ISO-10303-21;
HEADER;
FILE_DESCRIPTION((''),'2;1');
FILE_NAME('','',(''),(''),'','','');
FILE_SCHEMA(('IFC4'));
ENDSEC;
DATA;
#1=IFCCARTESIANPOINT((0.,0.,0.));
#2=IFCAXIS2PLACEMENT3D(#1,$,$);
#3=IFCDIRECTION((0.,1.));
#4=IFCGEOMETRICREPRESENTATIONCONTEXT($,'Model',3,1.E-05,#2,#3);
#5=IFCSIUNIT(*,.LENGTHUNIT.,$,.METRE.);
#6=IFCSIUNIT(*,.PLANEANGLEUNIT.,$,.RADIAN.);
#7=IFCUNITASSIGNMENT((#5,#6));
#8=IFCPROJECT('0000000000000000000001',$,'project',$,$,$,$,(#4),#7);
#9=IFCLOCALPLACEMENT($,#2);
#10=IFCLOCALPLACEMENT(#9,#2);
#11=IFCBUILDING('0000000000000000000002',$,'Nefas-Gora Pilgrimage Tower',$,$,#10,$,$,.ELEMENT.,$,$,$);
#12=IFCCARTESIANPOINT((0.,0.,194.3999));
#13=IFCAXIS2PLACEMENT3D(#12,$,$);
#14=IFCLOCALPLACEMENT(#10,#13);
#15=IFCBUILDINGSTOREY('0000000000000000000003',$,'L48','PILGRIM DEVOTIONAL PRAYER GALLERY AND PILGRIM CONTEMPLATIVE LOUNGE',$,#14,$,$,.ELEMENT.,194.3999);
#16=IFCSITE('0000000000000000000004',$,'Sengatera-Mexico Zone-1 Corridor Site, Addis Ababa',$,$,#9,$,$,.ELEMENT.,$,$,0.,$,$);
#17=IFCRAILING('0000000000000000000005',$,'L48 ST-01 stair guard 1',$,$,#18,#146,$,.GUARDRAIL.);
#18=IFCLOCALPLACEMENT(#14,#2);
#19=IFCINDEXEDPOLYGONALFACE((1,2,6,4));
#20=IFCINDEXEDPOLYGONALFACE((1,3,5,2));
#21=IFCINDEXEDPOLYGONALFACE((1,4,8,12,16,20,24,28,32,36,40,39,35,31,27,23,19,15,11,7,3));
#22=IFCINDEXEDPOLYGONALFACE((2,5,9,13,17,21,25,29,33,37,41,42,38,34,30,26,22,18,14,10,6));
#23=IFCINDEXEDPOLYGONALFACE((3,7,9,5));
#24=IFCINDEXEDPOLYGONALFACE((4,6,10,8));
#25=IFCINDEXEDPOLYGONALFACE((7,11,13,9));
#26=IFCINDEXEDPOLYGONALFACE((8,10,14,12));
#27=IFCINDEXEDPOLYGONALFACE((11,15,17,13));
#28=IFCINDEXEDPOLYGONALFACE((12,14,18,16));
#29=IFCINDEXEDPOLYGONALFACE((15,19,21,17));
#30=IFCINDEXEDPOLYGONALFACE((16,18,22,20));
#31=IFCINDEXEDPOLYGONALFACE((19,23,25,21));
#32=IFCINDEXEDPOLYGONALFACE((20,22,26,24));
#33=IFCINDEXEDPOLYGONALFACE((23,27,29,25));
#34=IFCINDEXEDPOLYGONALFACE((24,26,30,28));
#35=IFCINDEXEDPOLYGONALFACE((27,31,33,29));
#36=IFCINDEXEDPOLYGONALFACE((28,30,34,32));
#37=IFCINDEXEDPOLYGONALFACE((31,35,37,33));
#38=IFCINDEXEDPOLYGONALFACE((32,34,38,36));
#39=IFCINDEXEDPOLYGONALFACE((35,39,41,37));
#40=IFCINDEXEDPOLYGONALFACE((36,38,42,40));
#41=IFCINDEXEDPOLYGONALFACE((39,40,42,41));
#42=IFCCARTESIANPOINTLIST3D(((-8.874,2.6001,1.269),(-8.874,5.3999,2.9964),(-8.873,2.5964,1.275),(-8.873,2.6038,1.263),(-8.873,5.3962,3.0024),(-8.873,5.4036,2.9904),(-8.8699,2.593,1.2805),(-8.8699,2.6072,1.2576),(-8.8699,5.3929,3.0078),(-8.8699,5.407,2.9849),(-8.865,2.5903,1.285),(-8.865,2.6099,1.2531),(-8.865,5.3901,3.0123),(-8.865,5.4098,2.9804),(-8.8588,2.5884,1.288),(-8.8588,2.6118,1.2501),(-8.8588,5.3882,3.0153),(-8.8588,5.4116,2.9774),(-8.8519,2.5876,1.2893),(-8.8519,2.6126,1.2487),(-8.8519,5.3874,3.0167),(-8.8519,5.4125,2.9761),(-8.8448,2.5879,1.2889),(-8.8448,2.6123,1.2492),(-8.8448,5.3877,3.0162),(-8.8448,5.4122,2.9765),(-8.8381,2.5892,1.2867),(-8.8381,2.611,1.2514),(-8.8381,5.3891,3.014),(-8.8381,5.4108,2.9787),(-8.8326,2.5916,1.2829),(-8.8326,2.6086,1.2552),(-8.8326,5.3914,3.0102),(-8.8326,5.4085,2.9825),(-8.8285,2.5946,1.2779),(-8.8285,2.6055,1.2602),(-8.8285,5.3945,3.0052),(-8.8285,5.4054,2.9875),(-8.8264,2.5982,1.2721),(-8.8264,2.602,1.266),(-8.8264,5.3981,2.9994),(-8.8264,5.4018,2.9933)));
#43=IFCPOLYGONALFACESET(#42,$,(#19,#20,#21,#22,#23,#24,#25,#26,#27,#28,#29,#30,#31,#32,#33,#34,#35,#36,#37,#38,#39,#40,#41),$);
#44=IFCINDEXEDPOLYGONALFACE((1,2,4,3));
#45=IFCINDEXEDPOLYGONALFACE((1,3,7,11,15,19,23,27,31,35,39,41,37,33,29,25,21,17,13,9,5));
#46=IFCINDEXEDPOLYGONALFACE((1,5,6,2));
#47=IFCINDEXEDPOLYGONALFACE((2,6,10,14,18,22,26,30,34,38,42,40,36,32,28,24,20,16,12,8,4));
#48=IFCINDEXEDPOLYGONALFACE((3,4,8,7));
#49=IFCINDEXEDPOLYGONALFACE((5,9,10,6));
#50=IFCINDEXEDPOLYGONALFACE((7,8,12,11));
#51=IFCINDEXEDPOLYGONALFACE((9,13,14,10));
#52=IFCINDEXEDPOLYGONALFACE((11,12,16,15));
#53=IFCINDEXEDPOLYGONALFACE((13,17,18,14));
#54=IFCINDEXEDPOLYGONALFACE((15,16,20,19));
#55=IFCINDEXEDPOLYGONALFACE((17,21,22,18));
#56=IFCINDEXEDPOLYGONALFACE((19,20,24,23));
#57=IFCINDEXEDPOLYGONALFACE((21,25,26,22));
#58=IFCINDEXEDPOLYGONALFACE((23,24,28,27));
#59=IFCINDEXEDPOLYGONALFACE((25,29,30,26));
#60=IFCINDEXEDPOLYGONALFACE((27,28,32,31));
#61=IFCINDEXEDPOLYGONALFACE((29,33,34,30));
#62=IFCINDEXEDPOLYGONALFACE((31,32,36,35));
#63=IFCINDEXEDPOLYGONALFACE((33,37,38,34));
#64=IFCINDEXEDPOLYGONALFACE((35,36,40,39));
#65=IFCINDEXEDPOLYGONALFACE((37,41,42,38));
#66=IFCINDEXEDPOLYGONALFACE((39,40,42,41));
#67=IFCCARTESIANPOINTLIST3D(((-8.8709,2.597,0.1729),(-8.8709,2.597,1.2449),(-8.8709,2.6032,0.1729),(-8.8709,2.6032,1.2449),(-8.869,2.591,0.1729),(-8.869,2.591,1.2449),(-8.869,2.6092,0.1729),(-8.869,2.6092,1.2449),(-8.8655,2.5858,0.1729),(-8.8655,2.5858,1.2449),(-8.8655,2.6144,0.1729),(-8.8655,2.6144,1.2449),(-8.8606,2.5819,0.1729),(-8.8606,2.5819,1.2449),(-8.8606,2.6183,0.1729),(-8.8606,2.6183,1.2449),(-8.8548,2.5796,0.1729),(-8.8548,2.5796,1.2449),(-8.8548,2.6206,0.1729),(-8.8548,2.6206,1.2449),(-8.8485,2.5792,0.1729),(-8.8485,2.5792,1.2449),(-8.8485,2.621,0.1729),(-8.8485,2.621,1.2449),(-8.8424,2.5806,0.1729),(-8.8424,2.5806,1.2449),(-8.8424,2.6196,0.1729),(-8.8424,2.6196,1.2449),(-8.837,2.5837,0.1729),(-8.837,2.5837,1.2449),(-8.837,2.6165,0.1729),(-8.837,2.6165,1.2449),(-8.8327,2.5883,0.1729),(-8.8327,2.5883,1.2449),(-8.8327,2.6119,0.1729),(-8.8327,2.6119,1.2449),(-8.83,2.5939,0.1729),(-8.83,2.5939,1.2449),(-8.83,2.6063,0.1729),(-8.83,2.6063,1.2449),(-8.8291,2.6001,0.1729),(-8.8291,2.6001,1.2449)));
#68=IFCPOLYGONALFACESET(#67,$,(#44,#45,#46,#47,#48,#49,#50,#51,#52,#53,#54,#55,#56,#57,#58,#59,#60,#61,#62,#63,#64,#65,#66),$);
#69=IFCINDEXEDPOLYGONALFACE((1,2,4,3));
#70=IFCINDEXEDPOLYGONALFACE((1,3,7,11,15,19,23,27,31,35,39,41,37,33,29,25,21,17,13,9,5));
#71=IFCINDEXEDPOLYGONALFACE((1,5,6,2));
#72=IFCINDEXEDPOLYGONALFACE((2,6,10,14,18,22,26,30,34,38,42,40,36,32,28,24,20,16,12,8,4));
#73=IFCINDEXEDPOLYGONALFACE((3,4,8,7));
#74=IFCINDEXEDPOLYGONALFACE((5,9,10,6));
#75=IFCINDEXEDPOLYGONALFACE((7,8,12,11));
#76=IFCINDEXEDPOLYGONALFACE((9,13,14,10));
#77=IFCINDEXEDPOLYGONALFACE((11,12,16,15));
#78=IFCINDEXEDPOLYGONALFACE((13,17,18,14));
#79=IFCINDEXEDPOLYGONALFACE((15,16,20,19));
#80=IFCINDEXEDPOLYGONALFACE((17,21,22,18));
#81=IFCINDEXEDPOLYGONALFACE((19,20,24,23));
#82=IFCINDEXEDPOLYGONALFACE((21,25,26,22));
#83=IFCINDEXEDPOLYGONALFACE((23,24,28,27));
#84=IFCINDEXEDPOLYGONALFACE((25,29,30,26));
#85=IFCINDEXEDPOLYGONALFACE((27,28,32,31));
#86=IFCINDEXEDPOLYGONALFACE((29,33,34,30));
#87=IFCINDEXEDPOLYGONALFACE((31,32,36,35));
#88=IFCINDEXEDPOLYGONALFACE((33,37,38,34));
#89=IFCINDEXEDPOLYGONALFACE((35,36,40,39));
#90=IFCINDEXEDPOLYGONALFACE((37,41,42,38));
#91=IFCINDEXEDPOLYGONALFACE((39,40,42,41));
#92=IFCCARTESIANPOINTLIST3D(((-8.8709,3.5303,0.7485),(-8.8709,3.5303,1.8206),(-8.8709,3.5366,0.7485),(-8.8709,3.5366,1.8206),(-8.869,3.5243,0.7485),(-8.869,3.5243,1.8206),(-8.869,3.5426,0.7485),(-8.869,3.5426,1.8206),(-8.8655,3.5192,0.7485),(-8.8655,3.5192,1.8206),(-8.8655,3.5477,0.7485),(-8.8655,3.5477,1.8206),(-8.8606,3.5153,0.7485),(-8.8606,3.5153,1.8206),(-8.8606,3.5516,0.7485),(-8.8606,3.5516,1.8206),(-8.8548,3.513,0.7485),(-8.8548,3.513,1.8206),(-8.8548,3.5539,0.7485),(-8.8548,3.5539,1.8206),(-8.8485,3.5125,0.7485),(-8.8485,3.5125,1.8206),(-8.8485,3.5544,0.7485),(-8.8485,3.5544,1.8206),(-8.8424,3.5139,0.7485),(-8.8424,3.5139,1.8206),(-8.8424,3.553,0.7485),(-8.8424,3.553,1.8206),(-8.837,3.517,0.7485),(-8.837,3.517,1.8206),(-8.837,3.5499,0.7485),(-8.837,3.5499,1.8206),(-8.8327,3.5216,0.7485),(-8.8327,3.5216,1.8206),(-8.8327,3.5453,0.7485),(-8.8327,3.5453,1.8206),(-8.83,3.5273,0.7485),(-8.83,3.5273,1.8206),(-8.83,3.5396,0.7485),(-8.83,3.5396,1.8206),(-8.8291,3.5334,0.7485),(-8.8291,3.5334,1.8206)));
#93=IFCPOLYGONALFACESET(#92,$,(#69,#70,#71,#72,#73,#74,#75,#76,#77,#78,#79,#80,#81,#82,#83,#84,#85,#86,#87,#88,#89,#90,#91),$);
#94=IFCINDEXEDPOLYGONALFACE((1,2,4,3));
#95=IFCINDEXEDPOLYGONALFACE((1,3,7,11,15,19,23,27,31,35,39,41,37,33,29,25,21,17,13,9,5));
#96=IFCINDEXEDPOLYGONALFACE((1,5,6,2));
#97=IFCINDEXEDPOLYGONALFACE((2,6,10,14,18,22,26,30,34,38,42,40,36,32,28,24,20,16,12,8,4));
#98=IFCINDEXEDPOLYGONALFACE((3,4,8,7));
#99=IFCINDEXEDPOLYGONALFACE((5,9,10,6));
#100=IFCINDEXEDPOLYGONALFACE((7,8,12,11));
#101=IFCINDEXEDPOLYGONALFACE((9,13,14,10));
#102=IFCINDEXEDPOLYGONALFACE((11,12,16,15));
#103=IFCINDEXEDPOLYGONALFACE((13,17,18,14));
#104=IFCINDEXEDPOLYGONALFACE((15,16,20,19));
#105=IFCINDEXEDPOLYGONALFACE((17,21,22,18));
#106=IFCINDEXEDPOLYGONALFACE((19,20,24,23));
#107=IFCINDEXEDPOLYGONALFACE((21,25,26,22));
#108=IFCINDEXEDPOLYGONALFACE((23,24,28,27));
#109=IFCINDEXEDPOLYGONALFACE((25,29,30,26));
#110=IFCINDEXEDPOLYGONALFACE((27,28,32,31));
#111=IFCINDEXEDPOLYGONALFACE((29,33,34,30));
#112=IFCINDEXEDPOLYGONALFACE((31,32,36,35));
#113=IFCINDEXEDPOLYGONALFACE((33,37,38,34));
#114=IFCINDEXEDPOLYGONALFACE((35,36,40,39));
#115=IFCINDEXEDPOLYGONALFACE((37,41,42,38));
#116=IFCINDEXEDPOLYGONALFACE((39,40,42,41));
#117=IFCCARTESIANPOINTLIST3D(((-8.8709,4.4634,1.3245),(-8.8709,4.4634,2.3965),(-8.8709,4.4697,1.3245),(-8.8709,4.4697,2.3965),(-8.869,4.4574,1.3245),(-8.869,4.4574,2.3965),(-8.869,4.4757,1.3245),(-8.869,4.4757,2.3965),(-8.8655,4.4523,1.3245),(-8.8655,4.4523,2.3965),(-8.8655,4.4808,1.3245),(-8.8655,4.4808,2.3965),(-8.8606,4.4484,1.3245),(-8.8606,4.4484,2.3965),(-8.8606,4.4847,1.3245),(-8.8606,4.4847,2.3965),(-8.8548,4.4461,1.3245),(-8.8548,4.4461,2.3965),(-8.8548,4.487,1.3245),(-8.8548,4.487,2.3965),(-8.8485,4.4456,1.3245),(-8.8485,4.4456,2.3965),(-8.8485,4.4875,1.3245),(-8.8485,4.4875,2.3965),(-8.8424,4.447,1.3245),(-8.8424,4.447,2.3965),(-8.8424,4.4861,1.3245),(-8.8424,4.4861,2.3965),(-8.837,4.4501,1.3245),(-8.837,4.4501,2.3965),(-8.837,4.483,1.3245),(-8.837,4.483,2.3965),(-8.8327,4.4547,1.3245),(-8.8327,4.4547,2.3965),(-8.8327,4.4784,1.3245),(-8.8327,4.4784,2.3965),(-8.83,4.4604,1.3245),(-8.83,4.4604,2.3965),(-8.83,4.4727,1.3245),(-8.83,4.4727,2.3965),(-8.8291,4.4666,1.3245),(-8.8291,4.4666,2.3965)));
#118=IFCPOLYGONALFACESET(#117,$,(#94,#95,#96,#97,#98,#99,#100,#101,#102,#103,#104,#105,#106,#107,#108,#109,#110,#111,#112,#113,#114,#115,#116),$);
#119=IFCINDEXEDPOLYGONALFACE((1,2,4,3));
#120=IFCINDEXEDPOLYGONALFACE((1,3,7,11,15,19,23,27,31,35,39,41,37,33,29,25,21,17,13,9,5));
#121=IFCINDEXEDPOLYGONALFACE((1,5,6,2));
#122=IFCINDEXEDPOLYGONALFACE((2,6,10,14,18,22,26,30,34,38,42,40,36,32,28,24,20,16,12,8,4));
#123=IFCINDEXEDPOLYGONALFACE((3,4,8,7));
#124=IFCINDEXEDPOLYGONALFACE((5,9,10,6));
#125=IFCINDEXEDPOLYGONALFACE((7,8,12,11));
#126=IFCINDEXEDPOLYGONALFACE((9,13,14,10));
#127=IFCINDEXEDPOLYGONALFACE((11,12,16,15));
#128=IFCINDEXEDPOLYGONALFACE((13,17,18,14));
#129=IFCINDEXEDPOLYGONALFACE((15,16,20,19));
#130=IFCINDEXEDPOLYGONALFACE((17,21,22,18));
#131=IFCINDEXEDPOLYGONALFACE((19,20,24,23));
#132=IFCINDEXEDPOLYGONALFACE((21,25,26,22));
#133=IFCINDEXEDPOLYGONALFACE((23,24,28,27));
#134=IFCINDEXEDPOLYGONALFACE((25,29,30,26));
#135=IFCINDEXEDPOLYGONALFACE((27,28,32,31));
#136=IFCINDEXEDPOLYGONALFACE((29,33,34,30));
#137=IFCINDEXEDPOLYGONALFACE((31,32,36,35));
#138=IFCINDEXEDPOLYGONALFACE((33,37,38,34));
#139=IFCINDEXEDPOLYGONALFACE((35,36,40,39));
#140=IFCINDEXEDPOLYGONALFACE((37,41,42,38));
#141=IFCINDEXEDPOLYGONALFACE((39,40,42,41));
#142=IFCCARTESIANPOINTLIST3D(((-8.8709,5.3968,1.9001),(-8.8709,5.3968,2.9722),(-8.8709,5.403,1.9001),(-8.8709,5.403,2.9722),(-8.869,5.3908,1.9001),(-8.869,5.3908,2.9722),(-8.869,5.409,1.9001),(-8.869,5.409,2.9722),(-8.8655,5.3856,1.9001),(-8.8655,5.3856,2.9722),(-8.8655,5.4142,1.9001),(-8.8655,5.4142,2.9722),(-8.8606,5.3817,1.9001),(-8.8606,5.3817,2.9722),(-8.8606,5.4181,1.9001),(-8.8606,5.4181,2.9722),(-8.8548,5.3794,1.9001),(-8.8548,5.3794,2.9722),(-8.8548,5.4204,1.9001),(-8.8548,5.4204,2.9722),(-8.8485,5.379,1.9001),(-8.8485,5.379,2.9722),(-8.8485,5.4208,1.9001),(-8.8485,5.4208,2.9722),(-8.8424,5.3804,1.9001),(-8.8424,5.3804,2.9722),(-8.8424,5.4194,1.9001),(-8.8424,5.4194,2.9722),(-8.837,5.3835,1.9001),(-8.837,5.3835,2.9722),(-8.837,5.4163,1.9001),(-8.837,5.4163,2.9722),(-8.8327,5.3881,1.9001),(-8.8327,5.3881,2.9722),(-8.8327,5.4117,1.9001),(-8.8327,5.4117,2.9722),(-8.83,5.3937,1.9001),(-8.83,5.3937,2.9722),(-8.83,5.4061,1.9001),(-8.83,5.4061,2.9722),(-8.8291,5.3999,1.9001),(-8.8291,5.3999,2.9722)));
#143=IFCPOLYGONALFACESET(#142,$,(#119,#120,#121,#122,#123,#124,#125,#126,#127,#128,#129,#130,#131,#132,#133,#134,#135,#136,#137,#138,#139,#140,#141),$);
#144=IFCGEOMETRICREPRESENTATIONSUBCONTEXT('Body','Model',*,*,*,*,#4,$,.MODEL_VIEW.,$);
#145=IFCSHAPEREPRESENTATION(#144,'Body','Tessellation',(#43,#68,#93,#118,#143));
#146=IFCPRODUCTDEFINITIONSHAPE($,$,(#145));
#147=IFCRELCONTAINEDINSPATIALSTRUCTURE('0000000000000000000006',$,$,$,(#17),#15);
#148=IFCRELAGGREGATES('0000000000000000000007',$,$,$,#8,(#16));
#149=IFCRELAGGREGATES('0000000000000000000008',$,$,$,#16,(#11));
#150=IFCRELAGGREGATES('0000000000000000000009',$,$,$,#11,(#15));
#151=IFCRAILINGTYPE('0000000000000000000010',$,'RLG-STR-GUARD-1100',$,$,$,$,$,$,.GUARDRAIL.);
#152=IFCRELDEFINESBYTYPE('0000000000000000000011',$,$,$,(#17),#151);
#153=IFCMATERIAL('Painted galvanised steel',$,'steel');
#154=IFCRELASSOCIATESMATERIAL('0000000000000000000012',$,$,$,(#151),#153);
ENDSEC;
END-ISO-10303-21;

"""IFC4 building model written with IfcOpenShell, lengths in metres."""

from ifc_helpers import new_model, si_unit, direction, frame, origin, origin_2d, place, context, subcontext, project, spatial, circle, extrude, material, type_object, element, save


model = new_model("IFC4")

# Units and contexts
model_context = context("Model", 3, precision=1e-05, world=origin(), true_north=direction((0.0, 1.0)))
body_context = subcontext(model_context, "Body", "Model", "MODEL_VIEW")
ifc_project = project(units=[si_unit("LENGTHUNIT", "METRE"), si_unit("PLANEANGLEUNIT", "RADIAN")], contexts=[model_context])

# Site, building, storey
site_placement = place(None, origin())
site = spatial("IfcSite", under=ifc_project, at=site_placement, Name="Sengatera-Mexico Zone-1 Corridor Site, Addis Ababa", CompositionType="ELEMENT", RefElevation=0.0)
building_placement = place(site_placement, origin())
building = spatial("IfcBuilding", under=site, at=building_placement, Name="Nefas-Gora Pilgrimage Tower", CompositionType="ELEMENT")
storey_placement = place(building_placement, frame((0.0, 0.0, 194.3999)))
storey = spatial("IfcBuildingStorey", under=building, at=storey_placement, Name="L48", Description="PILGRIM DEVOTIONAL PRAYER GALLERY AND PILGRIM CONTEMPLATIVE LOUNGE", CompositionType="ELEMENT", Elevation=194.3999)

# Railing
ifc_material_1 = material(Name="Painted galvanised steel", Category="steel")
railing_type_1 = type_object("IfcRailingType", Name="RLG-STR-GUARD-1100", PredefinedType="GUARDRAIL", material=ifc_material_1)
railing_1_placement = place(storey_placement, frame((-8.8501, 2.6001, 0.1729)))
element("IfcRailing", 1, at=railing_1_placement, inside=storey, type_object=railing_type_1, Name="L48 ST-01 stair guard 1", PredefinedType="GUARDRAIL", context=body_context, shape_type="SweptSolid", body=[
    extrude(circle(Radius=0.0239, at=origin_2d()), frame((0.0, 0.0, 1.0962), z_axis=(0.0, 0.851069, 0.525054), x_axis=(-1.0, 0.0, 0.0)), (0.0, 0.0, 1.0), 3.2898),
    extrude(circle(Radius=0.021, at=origin_2d()), origin(), (0.0, 0.0, 1.0), 1.072),
    extrude(circle(Radius=0.021, at=origin_2d()), frame((0.0, 0.9333, 0.5757)), (0.0, 0.0, 1.0), 1.072),
    extrude(circle(Radius=0.021, at=origin_2d()), frame((0.0, 1.8665, 1.1516)), (0.0, 0.0, 1.0), 1.072),
    extrude(circle(Radius=0.021, at=origin_2d()), frame((0.0, 2.7998, 1.7273)), (0.0, 0.0, 1.0), 1.072),
])

save(model, "model.ifc")
